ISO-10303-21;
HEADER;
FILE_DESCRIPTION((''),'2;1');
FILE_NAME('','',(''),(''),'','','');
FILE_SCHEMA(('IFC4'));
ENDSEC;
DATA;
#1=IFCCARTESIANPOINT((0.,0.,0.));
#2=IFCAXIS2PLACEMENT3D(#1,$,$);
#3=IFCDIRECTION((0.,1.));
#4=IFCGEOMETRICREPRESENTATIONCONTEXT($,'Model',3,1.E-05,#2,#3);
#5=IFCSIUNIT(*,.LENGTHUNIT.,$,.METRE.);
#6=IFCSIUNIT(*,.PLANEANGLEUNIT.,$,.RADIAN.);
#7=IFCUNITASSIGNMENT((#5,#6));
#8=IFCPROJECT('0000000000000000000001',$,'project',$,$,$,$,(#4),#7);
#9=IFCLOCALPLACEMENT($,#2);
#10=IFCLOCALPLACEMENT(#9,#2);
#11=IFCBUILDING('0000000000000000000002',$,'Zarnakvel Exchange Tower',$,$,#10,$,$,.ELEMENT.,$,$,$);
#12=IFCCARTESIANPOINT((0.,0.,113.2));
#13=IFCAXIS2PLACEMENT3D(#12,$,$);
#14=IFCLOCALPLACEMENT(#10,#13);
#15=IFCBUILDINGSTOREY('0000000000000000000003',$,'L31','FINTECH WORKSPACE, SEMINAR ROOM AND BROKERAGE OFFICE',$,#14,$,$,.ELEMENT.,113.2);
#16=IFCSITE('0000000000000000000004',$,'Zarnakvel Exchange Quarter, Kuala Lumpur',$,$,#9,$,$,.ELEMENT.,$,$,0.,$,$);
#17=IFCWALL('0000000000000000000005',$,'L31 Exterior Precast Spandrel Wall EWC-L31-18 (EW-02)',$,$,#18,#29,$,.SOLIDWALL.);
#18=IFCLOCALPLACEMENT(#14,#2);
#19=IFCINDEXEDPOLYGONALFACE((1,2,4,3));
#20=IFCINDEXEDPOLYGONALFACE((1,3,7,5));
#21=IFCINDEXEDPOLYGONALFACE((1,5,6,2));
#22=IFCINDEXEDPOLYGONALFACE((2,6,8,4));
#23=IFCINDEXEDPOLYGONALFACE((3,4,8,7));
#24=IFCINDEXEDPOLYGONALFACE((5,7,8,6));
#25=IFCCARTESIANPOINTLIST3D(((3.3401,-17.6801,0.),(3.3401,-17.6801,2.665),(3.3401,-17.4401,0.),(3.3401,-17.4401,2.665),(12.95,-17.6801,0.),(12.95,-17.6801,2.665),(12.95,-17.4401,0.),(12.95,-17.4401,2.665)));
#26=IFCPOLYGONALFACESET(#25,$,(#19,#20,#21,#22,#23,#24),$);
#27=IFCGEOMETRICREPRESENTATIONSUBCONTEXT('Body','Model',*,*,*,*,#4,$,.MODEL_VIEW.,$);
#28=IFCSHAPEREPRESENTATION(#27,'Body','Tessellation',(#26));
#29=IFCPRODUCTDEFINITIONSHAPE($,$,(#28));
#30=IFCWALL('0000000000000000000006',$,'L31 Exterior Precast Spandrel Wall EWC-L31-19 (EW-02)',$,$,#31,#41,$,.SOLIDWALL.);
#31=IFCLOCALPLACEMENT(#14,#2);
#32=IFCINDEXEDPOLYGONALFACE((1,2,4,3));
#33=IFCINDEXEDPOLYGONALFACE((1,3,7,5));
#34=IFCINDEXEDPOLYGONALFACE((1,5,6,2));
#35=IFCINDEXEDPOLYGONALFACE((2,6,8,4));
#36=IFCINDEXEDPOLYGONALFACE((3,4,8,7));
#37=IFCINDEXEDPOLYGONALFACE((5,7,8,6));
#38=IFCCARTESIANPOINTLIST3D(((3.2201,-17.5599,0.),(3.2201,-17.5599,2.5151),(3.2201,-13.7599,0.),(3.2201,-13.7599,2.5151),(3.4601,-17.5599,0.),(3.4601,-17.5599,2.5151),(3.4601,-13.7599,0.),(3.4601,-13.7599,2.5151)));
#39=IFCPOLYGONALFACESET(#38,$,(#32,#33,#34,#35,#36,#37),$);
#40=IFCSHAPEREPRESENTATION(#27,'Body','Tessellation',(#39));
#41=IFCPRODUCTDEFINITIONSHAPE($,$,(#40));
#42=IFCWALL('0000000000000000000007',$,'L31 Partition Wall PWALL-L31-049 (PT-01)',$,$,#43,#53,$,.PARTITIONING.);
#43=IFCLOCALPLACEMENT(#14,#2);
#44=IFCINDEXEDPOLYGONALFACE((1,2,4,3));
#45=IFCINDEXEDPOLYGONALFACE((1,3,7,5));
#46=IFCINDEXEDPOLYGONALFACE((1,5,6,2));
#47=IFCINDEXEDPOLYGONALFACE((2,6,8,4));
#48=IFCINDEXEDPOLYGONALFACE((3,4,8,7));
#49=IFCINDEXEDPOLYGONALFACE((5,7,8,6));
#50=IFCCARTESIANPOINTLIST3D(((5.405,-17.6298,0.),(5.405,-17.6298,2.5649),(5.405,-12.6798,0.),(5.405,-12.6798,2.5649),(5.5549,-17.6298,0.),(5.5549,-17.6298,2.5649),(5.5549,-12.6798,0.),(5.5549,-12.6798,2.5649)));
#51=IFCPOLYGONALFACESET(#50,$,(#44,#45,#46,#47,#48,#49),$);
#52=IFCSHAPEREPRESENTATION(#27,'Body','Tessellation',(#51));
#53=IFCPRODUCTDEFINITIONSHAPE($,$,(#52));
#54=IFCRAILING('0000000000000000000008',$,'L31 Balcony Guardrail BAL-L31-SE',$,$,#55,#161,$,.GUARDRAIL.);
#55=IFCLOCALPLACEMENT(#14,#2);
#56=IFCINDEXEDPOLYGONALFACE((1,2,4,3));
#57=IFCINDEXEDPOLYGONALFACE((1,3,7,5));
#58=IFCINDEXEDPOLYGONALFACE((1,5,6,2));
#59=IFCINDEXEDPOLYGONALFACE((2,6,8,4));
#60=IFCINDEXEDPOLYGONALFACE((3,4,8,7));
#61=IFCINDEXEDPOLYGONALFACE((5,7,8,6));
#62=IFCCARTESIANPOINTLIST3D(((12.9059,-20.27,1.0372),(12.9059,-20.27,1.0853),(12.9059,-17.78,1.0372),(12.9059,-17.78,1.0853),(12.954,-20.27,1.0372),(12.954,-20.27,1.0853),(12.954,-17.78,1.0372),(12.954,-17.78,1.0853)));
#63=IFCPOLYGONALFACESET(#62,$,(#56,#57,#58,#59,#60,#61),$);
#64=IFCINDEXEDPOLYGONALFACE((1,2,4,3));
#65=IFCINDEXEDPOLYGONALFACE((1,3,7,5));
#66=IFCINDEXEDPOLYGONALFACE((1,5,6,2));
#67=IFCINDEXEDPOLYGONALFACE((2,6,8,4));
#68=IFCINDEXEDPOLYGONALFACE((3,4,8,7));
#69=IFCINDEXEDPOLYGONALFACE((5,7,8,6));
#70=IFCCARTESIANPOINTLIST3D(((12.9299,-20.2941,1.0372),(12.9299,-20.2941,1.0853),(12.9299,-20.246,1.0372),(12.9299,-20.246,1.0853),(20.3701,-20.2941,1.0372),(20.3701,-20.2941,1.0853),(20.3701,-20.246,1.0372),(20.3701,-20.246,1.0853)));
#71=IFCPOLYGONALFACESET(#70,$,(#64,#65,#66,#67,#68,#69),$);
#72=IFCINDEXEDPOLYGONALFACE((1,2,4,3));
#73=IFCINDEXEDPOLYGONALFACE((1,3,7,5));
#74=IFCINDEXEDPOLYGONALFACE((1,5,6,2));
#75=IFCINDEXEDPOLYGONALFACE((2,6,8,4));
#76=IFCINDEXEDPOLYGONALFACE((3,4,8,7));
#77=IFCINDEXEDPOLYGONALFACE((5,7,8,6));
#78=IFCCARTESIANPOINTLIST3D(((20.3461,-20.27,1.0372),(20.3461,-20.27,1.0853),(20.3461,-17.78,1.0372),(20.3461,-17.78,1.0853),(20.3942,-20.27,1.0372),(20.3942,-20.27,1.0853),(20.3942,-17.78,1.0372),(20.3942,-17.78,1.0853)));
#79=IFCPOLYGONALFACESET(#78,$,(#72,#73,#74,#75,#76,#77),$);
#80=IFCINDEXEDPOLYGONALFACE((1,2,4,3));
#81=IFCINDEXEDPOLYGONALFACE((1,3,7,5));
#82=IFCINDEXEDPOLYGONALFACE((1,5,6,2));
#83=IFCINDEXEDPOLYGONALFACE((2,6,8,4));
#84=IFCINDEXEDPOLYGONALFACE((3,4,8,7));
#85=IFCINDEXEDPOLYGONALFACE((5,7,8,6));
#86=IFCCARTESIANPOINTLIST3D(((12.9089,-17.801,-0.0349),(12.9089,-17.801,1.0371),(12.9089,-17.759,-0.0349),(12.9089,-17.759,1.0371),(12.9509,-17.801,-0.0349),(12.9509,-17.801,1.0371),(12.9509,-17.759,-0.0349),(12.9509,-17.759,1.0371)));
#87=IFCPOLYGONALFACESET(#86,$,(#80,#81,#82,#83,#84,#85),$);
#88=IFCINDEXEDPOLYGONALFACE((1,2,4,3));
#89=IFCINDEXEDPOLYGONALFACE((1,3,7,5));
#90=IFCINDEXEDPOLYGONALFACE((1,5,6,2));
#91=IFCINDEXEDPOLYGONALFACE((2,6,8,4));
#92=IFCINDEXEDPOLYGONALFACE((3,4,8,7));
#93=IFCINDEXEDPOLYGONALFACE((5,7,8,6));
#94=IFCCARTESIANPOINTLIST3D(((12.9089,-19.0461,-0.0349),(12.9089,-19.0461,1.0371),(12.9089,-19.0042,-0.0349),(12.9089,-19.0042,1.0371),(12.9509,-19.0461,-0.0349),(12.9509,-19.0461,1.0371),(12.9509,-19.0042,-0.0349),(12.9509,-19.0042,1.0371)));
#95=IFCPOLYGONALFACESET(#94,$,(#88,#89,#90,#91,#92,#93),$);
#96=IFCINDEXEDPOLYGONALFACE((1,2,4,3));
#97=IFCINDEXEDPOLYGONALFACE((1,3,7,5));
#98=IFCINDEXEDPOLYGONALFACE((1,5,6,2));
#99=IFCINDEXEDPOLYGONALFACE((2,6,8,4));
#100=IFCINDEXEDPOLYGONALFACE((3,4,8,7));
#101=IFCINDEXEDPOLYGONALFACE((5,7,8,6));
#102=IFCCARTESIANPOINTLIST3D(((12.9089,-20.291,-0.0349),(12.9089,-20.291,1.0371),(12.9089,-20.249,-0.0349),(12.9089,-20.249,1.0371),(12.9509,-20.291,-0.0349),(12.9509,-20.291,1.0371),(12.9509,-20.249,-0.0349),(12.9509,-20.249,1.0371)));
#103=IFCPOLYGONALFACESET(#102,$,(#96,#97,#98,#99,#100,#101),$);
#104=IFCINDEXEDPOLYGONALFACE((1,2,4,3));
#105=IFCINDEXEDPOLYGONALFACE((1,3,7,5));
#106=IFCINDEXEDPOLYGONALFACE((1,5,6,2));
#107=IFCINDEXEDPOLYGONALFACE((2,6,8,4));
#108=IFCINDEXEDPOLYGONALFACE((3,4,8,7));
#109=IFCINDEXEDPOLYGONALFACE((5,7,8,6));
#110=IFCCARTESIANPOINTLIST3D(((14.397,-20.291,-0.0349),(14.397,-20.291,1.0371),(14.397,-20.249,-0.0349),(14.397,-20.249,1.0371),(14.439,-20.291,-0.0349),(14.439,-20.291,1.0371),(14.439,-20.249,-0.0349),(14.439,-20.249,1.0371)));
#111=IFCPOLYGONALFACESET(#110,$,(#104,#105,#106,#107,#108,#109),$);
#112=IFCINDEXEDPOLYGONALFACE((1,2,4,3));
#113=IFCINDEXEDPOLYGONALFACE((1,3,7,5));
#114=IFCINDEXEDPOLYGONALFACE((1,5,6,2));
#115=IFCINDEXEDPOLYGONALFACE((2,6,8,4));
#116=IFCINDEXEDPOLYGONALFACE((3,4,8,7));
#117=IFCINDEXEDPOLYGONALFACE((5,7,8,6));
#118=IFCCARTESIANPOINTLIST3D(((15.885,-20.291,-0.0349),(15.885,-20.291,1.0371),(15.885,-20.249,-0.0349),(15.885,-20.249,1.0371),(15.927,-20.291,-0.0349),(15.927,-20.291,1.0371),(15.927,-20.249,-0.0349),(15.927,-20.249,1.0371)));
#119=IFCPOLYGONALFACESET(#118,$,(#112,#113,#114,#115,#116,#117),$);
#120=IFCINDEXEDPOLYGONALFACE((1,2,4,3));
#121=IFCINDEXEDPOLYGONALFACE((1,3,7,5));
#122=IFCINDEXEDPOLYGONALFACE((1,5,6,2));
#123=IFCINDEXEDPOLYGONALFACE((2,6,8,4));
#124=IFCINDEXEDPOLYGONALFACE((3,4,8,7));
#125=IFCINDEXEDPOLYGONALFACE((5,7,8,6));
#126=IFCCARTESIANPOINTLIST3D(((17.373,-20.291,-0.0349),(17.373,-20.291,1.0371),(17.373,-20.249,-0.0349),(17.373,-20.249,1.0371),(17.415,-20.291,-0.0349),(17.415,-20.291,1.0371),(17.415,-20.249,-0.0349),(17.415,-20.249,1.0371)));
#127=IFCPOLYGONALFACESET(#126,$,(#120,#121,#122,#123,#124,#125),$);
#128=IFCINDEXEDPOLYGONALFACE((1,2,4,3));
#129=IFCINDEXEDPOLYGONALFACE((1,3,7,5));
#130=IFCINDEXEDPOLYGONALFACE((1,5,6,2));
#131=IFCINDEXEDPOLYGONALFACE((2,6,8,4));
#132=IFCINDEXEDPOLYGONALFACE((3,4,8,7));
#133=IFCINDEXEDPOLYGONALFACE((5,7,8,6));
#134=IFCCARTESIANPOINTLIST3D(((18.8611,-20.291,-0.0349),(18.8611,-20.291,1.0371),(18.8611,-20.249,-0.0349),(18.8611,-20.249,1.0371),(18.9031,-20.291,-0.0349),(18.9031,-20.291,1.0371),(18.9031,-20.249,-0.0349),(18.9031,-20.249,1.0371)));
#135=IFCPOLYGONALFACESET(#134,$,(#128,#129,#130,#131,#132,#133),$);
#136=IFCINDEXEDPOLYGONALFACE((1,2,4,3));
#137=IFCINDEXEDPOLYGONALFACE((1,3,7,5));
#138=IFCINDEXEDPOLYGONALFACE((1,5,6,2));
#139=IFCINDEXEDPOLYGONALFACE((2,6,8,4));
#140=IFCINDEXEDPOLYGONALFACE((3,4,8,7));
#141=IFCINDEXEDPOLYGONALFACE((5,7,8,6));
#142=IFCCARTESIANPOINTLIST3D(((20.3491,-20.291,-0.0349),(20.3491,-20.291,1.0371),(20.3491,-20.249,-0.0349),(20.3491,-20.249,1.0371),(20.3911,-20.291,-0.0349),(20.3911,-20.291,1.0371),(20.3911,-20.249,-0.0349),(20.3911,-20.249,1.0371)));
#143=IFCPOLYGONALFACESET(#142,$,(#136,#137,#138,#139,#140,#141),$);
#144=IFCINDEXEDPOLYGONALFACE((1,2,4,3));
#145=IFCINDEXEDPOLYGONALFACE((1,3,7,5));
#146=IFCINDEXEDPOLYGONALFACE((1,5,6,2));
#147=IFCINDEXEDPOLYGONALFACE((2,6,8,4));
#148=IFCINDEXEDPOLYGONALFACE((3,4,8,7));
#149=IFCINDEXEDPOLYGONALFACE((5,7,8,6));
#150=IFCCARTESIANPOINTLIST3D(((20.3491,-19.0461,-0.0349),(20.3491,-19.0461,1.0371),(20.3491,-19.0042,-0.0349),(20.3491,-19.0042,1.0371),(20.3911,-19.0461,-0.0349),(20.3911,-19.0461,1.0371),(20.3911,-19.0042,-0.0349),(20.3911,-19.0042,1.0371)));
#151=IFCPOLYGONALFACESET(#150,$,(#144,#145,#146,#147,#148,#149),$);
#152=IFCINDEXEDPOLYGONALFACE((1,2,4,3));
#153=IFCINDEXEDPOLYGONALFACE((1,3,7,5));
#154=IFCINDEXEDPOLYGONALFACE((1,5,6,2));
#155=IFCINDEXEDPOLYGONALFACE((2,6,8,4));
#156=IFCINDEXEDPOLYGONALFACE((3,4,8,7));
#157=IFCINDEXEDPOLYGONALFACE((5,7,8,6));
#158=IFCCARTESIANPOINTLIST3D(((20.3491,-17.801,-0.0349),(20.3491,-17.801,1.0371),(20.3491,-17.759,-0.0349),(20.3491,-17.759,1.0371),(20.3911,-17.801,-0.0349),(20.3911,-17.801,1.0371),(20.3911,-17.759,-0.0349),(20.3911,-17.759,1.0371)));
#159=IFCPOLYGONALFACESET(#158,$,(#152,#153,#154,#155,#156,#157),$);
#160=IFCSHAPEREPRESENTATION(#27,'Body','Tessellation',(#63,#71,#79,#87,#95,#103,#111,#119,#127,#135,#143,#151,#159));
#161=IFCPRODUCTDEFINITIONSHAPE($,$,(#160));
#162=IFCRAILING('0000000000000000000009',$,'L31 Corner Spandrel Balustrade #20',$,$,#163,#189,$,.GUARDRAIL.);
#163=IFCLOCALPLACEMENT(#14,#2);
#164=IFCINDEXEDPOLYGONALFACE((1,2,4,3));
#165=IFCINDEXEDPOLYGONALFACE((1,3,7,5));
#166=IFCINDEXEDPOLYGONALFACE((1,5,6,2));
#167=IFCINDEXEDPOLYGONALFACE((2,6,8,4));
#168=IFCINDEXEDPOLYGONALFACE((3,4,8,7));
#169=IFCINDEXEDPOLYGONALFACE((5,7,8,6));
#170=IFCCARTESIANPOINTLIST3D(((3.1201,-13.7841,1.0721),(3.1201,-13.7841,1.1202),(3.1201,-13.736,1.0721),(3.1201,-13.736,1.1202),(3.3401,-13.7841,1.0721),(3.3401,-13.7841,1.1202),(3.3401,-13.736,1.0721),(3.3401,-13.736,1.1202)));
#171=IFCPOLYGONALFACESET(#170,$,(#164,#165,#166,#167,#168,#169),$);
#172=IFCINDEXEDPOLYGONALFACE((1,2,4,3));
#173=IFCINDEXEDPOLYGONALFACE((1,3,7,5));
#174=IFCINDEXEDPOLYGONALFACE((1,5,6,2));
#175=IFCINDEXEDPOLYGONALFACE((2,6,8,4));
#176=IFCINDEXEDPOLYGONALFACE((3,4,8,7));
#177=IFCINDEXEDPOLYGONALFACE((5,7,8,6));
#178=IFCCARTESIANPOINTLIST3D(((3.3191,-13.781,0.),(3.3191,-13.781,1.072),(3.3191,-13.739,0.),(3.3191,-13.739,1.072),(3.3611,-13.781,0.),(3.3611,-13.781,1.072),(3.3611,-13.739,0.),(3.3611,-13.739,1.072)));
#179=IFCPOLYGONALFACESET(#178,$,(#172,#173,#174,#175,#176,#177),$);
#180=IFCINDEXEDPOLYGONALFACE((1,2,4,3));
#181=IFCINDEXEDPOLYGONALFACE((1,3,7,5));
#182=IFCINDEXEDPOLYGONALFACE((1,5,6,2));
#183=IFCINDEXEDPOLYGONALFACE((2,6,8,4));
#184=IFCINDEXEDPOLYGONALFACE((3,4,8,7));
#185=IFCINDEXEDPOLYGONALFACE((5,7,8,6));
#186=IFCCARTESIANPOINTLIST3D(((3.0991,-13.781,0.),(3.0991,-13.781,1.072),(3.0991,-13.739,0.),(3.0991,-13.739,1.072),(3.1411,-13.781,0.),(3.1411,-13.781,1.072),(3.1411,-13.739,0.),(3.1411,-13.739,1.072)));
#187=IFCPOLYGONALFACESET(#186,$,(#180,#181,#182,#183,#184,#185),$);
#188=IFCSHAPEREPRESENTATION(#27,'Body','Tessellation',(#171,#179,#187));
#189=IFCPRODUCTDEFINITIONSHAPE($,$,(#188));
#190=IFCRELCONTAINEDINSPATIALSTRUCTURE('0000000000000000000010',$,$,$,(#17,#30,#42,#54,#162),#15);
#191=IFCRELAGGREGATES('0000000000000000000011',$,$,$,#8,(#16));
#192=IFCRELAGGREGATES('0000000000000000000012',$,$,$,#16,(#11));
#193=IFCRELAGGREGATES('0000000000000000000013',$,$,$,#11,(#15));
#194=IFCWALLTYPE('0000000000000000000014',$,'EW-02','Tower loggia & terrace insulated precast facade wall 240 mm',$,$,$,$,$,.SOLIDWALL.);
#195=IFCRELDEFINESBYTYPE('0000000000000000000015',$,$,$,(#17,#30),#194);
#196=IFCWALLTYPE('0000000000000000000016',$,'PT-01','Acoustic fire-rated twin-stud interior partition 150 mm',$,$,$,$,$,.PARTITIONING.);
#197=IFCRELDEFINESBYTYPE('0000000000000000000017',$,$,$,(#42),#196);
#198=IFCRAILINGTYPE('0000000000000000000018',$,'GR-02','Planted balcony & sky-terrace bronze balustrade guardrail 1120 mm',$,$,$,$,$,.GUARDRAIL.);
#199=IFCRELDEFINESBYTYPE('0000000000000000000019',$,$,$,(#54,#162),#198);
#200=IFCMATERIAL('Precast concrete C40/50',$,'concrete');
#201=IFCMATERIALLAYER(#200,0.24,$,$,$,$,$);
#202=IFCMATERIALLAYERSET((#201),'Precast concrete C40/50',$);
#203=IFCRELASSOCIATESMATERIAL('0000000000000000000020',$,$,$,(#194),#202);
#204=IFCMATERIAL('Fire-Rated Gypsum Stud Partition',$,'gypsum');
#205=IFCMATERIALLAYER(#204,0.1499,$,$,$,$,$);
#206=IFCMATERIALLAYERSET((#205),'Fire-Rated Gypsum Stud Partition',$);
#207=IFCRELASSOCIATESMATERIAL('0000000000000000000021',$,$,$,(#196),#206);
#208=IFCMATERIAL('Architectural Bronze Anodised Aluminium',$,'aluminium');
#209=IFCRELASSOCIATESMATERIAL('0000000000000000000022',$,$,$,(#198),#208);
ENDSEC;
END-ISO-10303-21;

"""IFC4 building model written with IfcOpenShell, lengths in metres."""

from ifc_helpers import new_model, si_unit, direction, frame, frame_2d, origin, origin_2d, place, context, subcontext, project, spatial, rectangle, extrude, material, layer, layer_set, type_object, element, save


model = new_model("IFC4")

# Units and contexts
model_context = context("Model", 3, precision=1e-05, world=origin(), true_north=direction((0.0, 1.0)))
body_context = subcontext(model_context, "Body", "Model", "MODEL_VIEW")
ifc_project = project(units=[si_unit("LENGTHUNIT", "METRE"), si_unit("PLANEANGLEUNIT", "RADIAN")], contexts=[model_context])

# Site, building, storey
site_placement = place(None, origin())
site = spatial("IfcSite", under=ifc_project, at=site_placement, Name="Zarnakvel Exchange Quarter, Kuala Lumpur", CompositionType="ELEMENT", RefElevation=0.0)
building_placement = place(site_placement, origin())
building = spatial("IfcBuilding", under=site, at=building_placement, Name="Zarnakvel Exchange Tower", CompositionType="ELEMENT")
storey_placement = place(building_placement, frame((0.0, 0.0, 113.2)))
storey = spatial("IfcBuildingStorey", under=building, at=storey_placement, Name="L31", Description="FINTECH WORKSPACE, SEMINAR ROOM AND BROKERAGE OFFICE", CompositionType="ELEMENT", Elevation=113.2)

# Shared definitions
ifc_material_1 = material(Name="Architectural Bronze Anodised Aluminium", Category="aluminium")

# Walls
ifc_material_2 = material(Name="Precast concrete C40/50", Category="concrete")
ifc_layer_1 = layer(ifc_material_2, 0.24)
ifc_layer_set_1 = layer_set([ifc_layer_1], Name="Precast concrete C40/50")
wall_type_1 = type_object("IfcWallType", Name="EW-02", Description="Tower loggia & terrace insulated precast facade wall 240 mm", PredefinedType="SOLIDWALL", material=ifc_layer_set_1)
wall_1_placement = place(storey_placement, frame((3.3401, -17.5601, 0.0), z_axis=(0.0, 0.0, 1.0), x_axis=(1.0, 0.0, 0.0)))
element("IfcWall", 1, at=wall_1_placement, inside=storey, type_object=wall_type_1, Name="L31 Exterior Precast Spandrel Wall EWC-L31-18 (EW-02)", PredefinedType="SOLIDWALL", context=body_context, shape_type="SweptSolid", body=[
    extrude(rectangle(XDim=9.6099, YDim=0.24, at=frame_2d((4.8049, 0.0))), origin(), (0.0, 0.0, 1.0), 2.665),
])
wall_2_placement = place(storey_placement, frame((3.3401, -13.76, 0.0), z_axis=(0.0, 0.0, 1.0), x_axis=(0.0, -1.0, 0.0)))
element("IfcWall", 2, at=wall_2_placement, inside=storey, type_object=wall_type_1, Name="L31 Exterior Precast Spandrel Wall EWC-L31-19 (EW-02)", PredefinedType="SOLIDWALL", context=body_context, shape_type="SweptSolid", body=[
    extrude(rectangle(XDim=3.8, YDim=0.24, at=frame_2d((1.8999, 0.0))), origin(), (0.0, 0.0, 1.0), 2.5151),
])
ifc_material_3 = material(Name="Fire-Rated Gypsum Stud Partition", Category="gypsum")
ifc_layer_2 = layer(ifc_material_3, 0.1499)
ifc_layer_set_2 = layer_set([ifc_layer_2], Name="Fire-Rated Gypsum Stud Partition")
wall_type_2 = type_object("IfcWallType", Name="PT-01", Description="Acoustic fire-rated twin-stud interior partition 150 mm", PredefinedType="PARTITIONING", material=ifc_layer_set_2)
wall_3_placement = place(storey_placement, frame((5.48, -17.6299, 0.0), z_axis=(0.0, 0.0, 1.0), x_axis=(0.0, 1.0, 0.0)))
element("IfcWall", 3, at=wall_3_placement, inside=storey, type_object=wall_type_2, Name="L31 Partition Wall PWALL-L31-049 (PT-01)", PredefinedType="PARTITIONING", context=body_context, shape_type="SweptSolid", body=[
    extrude(rectangle(XDim=4.95, YDim=0.1499, at=frame_2d((2.4751, 0.0))), origin(), (0.0, 0.0, 1.0), 2.5649),
])

# Railings
railing_type = type_object("IfcRailingType", Name="GR-02", Description="Planted balcony & sky-terrace bronze balustrade guardrail 1120 mm", PredefinedType="GUARDRAIL", material=ifc_material_1)
railing_1_placement = place(storey_placement, frame((12.9299, -17.78, -0.0349)))
element("IfcRailing", 4, at=railing_1_placement, inside=storey, type_object=railing_type, Name="L31 Balcony Guardrail BAL-L31-SE", PredefinedType="GUARDRAIL", context=body_context, shape_type="SweptSolid", body=[
    extrude(rectangle(XDim=0.0481, YDim=0.0481, at=origin_2d()), frame((0.0, 0.0, 1.0962), z_axis=(0.0, -1.0, 0.0), x_axis=(1.0, 0.0, 0.0)), (0.0, 0.0, 1.0), 2.49),
    extrude(rectangle(XDim=0.0481, YDim=0.0481, at=origin_2d()), frame((0.0, -2.49, 1.0962), z_axis=(1.0, 0.0, 0.0), x_axis=(0.0, 1.0, 0.0)), (0.0, 0.0, 1.0), 7.4402),
    extrude(rectangle(XDim=0.0481, YDim=0.0481, at=origin_2d()), frame((7.4402, -2.49, 1.0962), z_axis=(0.0, 1.0, 0.0), x_axis=(-1.0, 0.0, 0.0)), (0.0, 0.0, 1.0), 2.49),
    extrude(rectangle(XDim=0.042, YDim=0.042, at=origin_2d()), origin(), (0.0, 0.0, 1.0), 1.072),
    extrude(rectangle(XDim=0.042, YDim=0.042, at=origin_2d()), frame((0.0, -1.2451, 0.0)), (0.0, 0.0, 1.0), 1.072),
    extrude(rectangle(XDim=0.042, YDim=0.042, at=origin_2d()), frame((0.0, -2.49, 0.0)), (0.0, 0.0, 1.0), 1.072),
    extrude(rectangle(XDim=0.042, YDim=0.042, at=origin_2d()), frame((1.488, -2.49, 0.0)), (0.0, 0.0, 1.0), 1.072),
    extrude(rectangle(XDim=0.042, YDim=0.042, at=origin_2d()), frame((2.9761, -2.49, 0.0)), (0.0, 0.0, 1.0), 1.072),
    extrude(rectangle(XDim=0.042, YDim=0.042, at=origin_2d()), frame((4.4641, -2.49, 0.0)), (0.0, 0.0, 1.0), 1.072),
    extrude(rectangle(XDim=0.042, YDim=0.042, at=origin_2d()), frame((5.9521, -2.49, 0.0)), (0.0, 0.0, 1.0), 1.072),
    extrude(rectangle(XDim=0.042, YDim=0.042, at=origin_2d()), frame((7.4402, -2.49, 0.0)), (0.0, 0.0, 1.0), 1.072),
    extrude(rectangle(XDim=0.042, YDim=0.042, at=origin_2d()), frame((7.4402, -1.2451, 0.0)), (0.0, 0.0, 1.0), 1.072),
    extrude(rectangle(XDim=0.042, YDim=0.042, at=origin_2d()), frame((7.4402, 0.0, 0.0)), (0.0, 0.0, 1.0), 1.072),
])
railing_2_placement = place(storey_placement, frame((3.3401, -13.76, 0.0)))
element("IfcRailing", 5, at=railing_2_placement, inside=storey, type_object=railing_type, Name="L31 Corner Spandrel Balustrade #20", PredefinedType="GUARDRAIL", context=body_context, shape_type="SweptSolid", body=[
    extrude(rectangle(XDim=0.0481, YDim=0.0481, at=origin_2d()), frame((0.0, 0.0, 1.0962), z_axis=(-1.0, 0.0, 0.0), x_axis=(0.0, -1.0, 0.0)), (0.0, 0.0, 1.0), 0.22),
    extrude(rectangle(XDim=0.042, YDim=0.042, at=origin_2d()), origin(), (0.0, 0.0, 1.0), 1.072),
    extrude(rectangle(XDim=0.042, YDim=0.042, at=origin_2d()), frame((-0.22, 0.0, 0.0)), (0.0, 0.0, 1.0), 1.072),
])

save(model, "model.ifc")
